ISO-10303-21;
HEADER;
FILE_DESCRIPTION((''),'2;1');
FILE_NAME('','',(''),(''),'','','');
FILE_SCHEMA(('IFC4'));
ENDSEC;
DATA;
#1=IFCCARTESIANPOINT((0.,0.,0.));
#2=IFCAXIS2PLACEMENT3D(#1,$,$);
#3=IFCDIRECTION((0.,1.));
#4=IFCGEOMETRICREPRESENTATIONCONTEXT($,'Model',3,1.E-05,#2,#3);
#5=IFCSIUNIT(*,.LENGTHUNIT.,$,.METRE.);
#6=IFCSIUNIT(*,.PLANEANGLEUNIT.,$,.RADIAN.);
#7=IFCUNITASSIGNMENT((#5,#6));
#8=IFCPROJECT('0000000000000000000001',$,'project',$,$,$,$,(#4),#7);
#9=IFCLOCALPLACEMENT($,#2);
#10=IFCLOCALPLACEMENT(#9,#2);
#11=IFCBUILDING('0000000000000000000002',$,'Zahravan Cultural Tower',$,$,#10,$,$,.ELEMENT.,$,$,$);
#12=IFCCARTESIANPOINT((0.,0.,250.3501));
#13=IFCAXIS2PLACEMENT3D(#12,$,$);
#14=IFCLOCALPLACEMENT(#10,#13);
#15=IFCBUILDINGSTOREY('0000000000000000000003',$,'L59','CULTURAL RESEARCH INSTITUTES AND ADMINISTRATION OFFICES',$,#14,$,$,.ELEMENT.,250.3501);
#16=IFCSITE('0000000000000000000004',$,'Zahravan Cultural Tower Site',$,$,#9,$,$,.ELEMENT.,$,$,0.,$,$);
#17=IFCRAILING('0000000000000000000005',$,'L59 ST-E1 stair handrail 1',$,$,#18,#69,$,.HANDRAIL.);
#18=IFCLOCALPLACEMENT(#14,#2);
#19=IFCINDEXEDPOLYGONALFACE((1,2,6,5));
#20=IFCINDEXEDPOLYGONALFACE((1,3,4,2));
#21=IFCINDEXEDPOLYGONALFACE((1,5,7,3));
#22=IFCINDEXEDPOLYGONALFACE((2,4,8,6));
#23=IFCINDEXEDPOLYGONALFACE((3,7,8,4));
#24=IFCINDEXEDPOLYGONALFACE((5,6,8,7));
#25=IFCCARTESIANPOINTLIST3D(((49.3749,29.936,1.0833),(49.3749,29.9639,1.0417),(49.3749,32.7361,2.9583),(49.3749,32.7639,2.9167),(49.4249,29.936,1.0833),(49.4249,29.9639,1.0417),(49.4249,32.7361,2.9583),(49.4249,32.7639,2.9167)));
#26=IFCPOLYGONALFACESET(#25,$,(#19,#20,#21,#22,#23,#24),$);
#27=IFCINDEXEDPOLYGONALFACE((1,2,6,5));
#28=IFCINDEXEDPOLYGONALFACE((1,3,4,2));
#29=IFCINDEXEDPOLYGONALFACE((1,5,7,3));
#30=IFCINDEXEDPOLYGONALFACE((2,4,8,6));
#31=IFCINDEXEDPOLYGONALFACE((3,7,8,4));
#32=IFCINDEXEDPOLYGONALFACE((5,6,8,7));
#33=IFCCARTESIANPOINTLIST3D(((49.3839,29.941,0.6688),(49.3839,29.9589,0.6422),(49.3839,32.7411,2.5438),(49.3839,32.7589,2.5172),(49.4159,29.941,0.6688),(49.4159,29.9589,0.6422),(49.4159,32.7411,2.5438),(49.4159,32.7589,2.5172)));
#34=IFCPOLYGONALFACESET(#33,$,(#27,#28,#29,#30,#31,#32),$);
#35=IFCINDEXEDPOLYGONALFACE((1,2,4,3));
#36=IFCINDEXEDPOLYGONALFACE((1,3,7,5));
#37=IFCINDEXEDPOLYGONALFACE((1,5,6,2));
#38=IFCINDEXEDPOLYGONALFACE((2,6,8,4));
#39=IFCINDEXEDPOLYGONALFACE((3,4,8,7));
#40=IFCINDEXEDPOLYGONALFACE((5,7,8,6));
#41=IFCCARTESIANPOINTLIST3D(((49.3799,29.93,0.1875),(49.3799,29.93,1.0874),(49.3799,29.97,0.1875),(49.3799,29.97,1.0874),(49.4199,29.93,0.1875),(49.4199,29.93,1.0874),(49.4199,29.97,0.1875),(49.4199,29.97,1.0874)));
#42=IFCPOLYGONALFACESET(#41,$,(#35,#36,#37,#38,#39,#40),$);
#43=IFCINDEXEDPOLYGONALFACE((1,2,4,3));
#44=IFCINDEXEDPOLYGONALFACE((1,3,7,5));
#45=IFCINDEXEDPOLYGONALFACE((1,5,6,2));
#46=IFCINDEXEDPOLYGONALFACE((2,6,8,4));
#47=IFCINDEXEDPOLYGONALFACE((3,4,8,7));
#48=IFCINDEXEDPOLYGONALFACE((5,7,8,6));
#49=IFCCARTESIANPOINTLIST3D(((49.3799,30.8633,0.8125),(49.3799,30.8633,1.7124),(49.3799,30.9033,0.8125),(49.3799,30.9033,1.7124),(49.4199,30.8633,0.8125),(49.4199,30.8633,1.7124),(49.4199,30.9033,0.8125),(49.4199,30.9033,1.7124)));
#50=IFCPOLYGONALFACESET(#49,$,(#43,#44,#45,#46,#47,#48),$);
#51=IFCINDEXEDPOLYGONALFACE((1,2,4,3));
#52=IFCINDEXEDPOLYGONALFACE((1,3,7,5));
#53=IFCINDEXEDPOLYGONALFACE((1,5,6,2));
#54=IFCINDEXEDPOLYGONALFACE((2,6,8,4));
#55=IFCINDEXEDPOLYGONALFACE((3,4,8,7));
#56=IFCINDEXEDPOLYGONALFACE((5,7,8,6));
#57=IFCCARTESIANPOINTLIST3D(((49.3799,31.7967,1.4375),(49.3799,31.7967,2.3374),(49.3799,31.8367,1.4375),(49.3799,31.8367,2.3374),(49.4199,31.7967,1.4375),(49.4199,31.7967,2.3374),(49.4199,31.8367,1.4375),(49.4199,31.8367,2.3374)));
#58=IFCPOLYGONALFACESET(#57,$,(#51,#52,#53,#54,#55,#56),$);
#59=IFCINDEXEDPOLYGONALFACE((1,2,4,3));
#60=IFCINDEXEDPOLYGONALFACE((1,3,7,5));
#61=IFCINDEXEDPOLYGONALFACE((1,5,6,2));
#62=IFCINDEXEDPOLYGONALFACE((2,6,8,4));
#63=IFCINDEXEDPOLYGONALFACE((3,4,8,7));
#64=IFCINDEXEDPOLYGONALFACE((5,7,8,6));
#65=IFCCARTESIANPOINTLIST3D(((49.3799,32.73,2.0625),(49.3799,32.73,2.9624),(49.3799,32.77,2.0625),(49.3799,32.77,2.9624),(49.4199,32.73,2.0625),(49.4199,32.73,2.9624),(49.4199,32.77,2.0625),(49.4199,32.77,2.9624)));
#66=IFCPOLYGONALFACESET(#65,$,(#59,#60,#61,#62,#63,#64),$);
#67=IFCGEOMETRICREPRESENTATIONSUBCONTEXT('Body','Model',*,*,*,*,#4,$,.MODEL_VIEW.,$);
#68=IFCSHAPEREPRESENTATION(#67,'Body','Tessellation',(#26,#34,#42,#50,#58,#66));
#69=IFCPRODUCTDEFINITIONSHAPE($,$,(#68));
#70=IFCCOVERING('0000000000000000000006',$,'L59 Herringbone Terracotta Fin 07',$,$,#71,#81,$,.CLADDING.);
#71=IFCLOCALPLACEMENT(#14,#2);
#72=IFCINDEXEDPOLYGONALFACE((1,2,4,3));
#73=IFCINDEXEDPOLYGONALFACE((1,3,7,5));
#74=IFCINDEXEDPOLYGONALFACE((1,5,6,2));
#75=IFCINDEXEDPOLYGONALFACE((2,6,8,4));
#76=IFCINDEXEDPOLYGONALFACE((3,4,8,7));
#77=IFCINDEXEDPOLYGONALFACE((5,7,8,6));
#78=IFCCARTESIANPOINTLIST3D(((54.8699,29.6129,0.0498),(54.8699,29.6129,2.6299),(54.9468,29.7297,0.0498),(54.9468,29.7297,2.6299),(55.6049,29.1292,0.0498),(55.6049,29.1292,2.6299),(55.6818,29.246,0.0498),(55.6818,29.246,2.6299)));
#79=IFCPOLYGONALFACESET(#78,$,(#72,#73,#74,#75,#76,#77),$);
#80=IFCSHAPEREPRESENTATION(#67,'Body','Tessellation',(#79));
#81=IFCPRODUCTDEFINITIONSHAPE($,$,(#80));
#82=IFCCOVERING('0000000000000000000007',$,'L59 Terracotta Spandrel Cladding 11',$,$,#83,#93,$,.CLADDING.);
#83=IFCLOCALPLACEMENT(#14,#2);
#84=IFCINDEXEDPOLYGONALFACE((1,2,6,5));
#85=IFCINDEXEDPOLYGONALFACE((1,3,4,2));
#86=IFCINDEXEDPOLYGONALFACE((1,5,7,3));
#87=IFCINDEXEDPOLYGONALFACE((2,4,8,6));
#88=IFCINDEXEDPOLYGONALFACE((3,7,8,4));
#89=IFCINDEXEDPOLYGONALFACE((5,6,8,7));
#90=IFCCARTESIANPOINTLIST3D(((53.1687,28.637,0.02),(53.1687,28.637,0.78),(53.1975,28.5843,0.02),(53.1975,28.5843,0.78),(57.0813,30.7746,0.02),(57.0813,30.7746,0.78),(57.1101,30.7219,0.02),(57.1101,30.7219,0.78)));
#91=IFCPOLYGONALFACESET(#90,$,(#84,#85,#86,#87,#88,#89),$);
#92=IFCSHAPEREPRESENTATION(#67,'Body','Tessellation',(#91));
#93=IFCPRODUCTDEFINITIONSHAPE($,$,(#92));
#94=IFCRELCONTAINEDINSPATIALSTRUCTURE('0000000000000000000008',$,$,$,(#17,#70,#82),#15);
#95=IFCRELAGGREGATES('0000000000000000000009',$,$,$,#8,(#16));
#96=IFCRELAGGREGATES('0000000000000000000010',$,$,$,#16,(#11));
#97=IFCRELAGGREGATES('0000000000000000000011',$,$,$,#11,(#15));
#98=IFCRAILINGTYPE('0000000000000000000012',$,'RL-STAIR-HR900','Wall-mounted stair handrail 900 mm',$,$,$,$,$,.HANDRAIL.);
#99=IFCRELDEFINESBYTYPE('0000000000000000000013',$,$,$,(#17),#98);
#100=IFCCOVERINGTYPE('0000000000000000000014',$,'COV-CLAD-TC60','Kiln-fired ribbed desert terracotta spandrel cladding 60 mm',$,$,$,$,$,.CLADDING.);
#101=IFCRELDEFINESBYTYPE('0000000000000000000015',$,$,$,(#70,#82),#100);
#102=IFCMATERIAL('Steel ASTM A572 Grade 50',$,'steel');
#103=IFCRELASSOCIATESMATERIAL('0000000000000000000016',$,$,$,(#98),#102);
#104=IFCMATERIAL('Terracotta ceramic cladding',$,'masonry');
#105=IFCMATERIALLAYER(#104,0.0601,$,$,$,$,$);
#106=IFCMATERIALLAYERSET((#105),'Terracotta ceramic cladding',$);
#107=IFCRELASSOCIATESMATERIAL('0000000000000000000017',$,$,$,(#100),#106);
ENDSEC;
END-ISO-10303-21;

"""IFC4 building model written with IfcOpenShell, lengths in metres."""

from ifc_helpers import new_model, si_unit, direction, frame, origin, origin_2d, place, context, subcontext, project, spatial, rectangle, extrude, source, transform, mapped, material, layer, layer_set, type_object, element, save


model = new_model("IFC4")

# Units and contexts
model_context = context("Model", 3, precision=1e-05, world=origin(), true_north=direction((0.0, 1.0)))
body_context = subcontext(model_context, "Body", "Model", "MODEL_VIEW")
ifc_project = project(units=[si_unit("LENGTHUNIT", "METRE"), si_unit("PLANEANGLEUNIT", "RADIAN")], contexts=[model_context])

# Site, building, storey
site_placement = place(None, origin())
site = spatial("IfcSite", under=ifc_project, at=site_placement, Name="Zahravan Cultural Tower Site", CompositionType="ELEMENT", RefElevation=0.0)
building_placement = place(site_placement, origin())
building = spatial("IfcBuilding", under=site, at=building_placement, Name="Zahravan Cultural Tower", CompositionType="ELEMENT")
storey_placement = place(building_placement, frame((0.0, 0.0, 250.3501)))
storey = spatial("IfcBuildingStorey", under=building, at=storey_placement, Name="L59", Description="CULTURAL RESEARCH INSTITUTES AND ADMINISTRATION OFFICES", CompositionType="ELEMENT", Elevation=250.3501)

# Railing
ifc_material_1 = material(Name="Steel ASTM A572 Grade 50", Category="steel")
railing_type_1 = type_object("IfcRailingType", Name="RL-STAIR-HR900", Description="Wall-mounted stair handrail 900 mm", PredefinedType="HANDRAIL", material=ifc_material_1)
railing_1_placement = place(storey_placement, frame((49.3999, 29.95, 0.1875)))
element("IfcRailing", 1, at=railing_1_placement, inside=storey, type_object=railing_type_1, Name="L59 ST-E1 stair handrail 1", PredefinedType="HANDRAIL", context=body_context, shape_type="SweptSolid", body=[
    extrude(rectangle(XDim=0.05, YDim=0.05, at=origin_2d()), frame((0.0, 0.0, 0.875), z_axis=(0.0, 0.830912, 0.556404), x_axis=(-1.0, 0.0, 0.0)), (0.0, 0.0, 1.0), 3.3699),
    extrude(rectangle(XDim=0.032, YDim=0.032, at=origin_2d()), frame((0.0, 0.0, 0.468), z_axis=(0.0, 0.830912, 0.556404), x_axis=(-1.0, 0.0, 0.0)), (0.0, 0.0, 1.0), 3.3699),
    extrude(rectangle(XDim=0.04, YDim=0.04, at=origin_2d()), origin(), (0.0, 0.0, 1.0), 0.8999),
    extrude(rectangle(XDim=0.04, YDim=0.04, at=origin_2d()), frame((0.0, 0.9333, 0.625)), (0.0, 0.0, 1.0), 0.8999),
    extrude(rectangle(XDim=0.04, YDim=0.04, at=origin_2d()), frame((0.0, 1.8667, 1.25)), (0.0, 0.0, 1.0), 0.8999),
    extrude(rectangle(XDim=0.04, YDim=0.04, at=origin_2d()), frame((0.0, 2.8, 1.875)), (0.0, 0.0, 1.0), 0.8999),
])

# Coverings
ifc_material_2 = material(Name="Terracotta ceramic cladding", Category="masonry")
ifc_layer_1 = layer(ifc_material_2, 0.0601)
ifc_layer_set_1 = layer_set([ifc_layer_1], Name="Terracotta ceramic cladding")
covering_type = type_object("IfcCoveringType", Name="COV-CLAD-TC60", Description="Kiln-fired ribbed desert terracotta spandrel cladding 60 mm", PredefinedType="CLADDING", material=ifc_layer_set_1)
shared_shape_1 = source(origin(), body_context, "Body", "SweptSolid", [
    extrude(rectangle(XDim=0.8799, YDim=0.1399, at=origin_2d()), origin(), (0.0, 0.0, 1.0), 2.5801),
])
covering_1_placement = place(storey_placement, frame((55.2759, 29.4294, 0.0498), z_axis=(0.0, 0.0, 1.0), x_axis=(0.835328, -0.549752, 0.0)))
element("IfcCovering", 2, at=covering_1_placement, inside=storey, type_object=covering_type, Name="L59 Herringbone Terracotta Fin 07", PredefinedType="CLADDING", context=body_context, shape_type="MappedRepresentation", body=[
    mapped(shared_shape_1, transform((0.0, 0.0, 0.0), x_axis=(1.0, 0.0, 0.0), y_axis=(0.0, 1.0, 0.0), z_axis=(0.0, 0.0, 1.0), scale=1.0)),
])
shared_shape_2 = source(origin(), body_context, "Body", "SweptSolid", [
    extrude(rectangle(XDim=4.4585, YDim=0.0601, at=origin_2d()), origin(), (0.0, 0.0, 1.0), 0.76),
])
covering_2_placement = place(storey_placement, frame((55.1394, 29.6794, 0.02), z_axis=(0.0, 0.0, 1.0), x_axis=(-0.877565, -0.479458, 0.0)))
element("IfcCovering", 3, at=covering_2_placement, inside=storey, type_object=covering_type, Name="L59 Terracotta Spandrel Cladding 11", PredefinedType="CLADDING", context=body_context, shape_type="MappedRepresentation", body=[
    mapped(shared_shape_2, transform((0.0, 0.0, 0.0), x_axis=(1.0, 0.0, 0.0), y_axis=(0.0, 1.0, 0.0), z_axis=(0.0, 0.0, 1.0), scale=1.0)),
])

save(model, "model.ifc")
